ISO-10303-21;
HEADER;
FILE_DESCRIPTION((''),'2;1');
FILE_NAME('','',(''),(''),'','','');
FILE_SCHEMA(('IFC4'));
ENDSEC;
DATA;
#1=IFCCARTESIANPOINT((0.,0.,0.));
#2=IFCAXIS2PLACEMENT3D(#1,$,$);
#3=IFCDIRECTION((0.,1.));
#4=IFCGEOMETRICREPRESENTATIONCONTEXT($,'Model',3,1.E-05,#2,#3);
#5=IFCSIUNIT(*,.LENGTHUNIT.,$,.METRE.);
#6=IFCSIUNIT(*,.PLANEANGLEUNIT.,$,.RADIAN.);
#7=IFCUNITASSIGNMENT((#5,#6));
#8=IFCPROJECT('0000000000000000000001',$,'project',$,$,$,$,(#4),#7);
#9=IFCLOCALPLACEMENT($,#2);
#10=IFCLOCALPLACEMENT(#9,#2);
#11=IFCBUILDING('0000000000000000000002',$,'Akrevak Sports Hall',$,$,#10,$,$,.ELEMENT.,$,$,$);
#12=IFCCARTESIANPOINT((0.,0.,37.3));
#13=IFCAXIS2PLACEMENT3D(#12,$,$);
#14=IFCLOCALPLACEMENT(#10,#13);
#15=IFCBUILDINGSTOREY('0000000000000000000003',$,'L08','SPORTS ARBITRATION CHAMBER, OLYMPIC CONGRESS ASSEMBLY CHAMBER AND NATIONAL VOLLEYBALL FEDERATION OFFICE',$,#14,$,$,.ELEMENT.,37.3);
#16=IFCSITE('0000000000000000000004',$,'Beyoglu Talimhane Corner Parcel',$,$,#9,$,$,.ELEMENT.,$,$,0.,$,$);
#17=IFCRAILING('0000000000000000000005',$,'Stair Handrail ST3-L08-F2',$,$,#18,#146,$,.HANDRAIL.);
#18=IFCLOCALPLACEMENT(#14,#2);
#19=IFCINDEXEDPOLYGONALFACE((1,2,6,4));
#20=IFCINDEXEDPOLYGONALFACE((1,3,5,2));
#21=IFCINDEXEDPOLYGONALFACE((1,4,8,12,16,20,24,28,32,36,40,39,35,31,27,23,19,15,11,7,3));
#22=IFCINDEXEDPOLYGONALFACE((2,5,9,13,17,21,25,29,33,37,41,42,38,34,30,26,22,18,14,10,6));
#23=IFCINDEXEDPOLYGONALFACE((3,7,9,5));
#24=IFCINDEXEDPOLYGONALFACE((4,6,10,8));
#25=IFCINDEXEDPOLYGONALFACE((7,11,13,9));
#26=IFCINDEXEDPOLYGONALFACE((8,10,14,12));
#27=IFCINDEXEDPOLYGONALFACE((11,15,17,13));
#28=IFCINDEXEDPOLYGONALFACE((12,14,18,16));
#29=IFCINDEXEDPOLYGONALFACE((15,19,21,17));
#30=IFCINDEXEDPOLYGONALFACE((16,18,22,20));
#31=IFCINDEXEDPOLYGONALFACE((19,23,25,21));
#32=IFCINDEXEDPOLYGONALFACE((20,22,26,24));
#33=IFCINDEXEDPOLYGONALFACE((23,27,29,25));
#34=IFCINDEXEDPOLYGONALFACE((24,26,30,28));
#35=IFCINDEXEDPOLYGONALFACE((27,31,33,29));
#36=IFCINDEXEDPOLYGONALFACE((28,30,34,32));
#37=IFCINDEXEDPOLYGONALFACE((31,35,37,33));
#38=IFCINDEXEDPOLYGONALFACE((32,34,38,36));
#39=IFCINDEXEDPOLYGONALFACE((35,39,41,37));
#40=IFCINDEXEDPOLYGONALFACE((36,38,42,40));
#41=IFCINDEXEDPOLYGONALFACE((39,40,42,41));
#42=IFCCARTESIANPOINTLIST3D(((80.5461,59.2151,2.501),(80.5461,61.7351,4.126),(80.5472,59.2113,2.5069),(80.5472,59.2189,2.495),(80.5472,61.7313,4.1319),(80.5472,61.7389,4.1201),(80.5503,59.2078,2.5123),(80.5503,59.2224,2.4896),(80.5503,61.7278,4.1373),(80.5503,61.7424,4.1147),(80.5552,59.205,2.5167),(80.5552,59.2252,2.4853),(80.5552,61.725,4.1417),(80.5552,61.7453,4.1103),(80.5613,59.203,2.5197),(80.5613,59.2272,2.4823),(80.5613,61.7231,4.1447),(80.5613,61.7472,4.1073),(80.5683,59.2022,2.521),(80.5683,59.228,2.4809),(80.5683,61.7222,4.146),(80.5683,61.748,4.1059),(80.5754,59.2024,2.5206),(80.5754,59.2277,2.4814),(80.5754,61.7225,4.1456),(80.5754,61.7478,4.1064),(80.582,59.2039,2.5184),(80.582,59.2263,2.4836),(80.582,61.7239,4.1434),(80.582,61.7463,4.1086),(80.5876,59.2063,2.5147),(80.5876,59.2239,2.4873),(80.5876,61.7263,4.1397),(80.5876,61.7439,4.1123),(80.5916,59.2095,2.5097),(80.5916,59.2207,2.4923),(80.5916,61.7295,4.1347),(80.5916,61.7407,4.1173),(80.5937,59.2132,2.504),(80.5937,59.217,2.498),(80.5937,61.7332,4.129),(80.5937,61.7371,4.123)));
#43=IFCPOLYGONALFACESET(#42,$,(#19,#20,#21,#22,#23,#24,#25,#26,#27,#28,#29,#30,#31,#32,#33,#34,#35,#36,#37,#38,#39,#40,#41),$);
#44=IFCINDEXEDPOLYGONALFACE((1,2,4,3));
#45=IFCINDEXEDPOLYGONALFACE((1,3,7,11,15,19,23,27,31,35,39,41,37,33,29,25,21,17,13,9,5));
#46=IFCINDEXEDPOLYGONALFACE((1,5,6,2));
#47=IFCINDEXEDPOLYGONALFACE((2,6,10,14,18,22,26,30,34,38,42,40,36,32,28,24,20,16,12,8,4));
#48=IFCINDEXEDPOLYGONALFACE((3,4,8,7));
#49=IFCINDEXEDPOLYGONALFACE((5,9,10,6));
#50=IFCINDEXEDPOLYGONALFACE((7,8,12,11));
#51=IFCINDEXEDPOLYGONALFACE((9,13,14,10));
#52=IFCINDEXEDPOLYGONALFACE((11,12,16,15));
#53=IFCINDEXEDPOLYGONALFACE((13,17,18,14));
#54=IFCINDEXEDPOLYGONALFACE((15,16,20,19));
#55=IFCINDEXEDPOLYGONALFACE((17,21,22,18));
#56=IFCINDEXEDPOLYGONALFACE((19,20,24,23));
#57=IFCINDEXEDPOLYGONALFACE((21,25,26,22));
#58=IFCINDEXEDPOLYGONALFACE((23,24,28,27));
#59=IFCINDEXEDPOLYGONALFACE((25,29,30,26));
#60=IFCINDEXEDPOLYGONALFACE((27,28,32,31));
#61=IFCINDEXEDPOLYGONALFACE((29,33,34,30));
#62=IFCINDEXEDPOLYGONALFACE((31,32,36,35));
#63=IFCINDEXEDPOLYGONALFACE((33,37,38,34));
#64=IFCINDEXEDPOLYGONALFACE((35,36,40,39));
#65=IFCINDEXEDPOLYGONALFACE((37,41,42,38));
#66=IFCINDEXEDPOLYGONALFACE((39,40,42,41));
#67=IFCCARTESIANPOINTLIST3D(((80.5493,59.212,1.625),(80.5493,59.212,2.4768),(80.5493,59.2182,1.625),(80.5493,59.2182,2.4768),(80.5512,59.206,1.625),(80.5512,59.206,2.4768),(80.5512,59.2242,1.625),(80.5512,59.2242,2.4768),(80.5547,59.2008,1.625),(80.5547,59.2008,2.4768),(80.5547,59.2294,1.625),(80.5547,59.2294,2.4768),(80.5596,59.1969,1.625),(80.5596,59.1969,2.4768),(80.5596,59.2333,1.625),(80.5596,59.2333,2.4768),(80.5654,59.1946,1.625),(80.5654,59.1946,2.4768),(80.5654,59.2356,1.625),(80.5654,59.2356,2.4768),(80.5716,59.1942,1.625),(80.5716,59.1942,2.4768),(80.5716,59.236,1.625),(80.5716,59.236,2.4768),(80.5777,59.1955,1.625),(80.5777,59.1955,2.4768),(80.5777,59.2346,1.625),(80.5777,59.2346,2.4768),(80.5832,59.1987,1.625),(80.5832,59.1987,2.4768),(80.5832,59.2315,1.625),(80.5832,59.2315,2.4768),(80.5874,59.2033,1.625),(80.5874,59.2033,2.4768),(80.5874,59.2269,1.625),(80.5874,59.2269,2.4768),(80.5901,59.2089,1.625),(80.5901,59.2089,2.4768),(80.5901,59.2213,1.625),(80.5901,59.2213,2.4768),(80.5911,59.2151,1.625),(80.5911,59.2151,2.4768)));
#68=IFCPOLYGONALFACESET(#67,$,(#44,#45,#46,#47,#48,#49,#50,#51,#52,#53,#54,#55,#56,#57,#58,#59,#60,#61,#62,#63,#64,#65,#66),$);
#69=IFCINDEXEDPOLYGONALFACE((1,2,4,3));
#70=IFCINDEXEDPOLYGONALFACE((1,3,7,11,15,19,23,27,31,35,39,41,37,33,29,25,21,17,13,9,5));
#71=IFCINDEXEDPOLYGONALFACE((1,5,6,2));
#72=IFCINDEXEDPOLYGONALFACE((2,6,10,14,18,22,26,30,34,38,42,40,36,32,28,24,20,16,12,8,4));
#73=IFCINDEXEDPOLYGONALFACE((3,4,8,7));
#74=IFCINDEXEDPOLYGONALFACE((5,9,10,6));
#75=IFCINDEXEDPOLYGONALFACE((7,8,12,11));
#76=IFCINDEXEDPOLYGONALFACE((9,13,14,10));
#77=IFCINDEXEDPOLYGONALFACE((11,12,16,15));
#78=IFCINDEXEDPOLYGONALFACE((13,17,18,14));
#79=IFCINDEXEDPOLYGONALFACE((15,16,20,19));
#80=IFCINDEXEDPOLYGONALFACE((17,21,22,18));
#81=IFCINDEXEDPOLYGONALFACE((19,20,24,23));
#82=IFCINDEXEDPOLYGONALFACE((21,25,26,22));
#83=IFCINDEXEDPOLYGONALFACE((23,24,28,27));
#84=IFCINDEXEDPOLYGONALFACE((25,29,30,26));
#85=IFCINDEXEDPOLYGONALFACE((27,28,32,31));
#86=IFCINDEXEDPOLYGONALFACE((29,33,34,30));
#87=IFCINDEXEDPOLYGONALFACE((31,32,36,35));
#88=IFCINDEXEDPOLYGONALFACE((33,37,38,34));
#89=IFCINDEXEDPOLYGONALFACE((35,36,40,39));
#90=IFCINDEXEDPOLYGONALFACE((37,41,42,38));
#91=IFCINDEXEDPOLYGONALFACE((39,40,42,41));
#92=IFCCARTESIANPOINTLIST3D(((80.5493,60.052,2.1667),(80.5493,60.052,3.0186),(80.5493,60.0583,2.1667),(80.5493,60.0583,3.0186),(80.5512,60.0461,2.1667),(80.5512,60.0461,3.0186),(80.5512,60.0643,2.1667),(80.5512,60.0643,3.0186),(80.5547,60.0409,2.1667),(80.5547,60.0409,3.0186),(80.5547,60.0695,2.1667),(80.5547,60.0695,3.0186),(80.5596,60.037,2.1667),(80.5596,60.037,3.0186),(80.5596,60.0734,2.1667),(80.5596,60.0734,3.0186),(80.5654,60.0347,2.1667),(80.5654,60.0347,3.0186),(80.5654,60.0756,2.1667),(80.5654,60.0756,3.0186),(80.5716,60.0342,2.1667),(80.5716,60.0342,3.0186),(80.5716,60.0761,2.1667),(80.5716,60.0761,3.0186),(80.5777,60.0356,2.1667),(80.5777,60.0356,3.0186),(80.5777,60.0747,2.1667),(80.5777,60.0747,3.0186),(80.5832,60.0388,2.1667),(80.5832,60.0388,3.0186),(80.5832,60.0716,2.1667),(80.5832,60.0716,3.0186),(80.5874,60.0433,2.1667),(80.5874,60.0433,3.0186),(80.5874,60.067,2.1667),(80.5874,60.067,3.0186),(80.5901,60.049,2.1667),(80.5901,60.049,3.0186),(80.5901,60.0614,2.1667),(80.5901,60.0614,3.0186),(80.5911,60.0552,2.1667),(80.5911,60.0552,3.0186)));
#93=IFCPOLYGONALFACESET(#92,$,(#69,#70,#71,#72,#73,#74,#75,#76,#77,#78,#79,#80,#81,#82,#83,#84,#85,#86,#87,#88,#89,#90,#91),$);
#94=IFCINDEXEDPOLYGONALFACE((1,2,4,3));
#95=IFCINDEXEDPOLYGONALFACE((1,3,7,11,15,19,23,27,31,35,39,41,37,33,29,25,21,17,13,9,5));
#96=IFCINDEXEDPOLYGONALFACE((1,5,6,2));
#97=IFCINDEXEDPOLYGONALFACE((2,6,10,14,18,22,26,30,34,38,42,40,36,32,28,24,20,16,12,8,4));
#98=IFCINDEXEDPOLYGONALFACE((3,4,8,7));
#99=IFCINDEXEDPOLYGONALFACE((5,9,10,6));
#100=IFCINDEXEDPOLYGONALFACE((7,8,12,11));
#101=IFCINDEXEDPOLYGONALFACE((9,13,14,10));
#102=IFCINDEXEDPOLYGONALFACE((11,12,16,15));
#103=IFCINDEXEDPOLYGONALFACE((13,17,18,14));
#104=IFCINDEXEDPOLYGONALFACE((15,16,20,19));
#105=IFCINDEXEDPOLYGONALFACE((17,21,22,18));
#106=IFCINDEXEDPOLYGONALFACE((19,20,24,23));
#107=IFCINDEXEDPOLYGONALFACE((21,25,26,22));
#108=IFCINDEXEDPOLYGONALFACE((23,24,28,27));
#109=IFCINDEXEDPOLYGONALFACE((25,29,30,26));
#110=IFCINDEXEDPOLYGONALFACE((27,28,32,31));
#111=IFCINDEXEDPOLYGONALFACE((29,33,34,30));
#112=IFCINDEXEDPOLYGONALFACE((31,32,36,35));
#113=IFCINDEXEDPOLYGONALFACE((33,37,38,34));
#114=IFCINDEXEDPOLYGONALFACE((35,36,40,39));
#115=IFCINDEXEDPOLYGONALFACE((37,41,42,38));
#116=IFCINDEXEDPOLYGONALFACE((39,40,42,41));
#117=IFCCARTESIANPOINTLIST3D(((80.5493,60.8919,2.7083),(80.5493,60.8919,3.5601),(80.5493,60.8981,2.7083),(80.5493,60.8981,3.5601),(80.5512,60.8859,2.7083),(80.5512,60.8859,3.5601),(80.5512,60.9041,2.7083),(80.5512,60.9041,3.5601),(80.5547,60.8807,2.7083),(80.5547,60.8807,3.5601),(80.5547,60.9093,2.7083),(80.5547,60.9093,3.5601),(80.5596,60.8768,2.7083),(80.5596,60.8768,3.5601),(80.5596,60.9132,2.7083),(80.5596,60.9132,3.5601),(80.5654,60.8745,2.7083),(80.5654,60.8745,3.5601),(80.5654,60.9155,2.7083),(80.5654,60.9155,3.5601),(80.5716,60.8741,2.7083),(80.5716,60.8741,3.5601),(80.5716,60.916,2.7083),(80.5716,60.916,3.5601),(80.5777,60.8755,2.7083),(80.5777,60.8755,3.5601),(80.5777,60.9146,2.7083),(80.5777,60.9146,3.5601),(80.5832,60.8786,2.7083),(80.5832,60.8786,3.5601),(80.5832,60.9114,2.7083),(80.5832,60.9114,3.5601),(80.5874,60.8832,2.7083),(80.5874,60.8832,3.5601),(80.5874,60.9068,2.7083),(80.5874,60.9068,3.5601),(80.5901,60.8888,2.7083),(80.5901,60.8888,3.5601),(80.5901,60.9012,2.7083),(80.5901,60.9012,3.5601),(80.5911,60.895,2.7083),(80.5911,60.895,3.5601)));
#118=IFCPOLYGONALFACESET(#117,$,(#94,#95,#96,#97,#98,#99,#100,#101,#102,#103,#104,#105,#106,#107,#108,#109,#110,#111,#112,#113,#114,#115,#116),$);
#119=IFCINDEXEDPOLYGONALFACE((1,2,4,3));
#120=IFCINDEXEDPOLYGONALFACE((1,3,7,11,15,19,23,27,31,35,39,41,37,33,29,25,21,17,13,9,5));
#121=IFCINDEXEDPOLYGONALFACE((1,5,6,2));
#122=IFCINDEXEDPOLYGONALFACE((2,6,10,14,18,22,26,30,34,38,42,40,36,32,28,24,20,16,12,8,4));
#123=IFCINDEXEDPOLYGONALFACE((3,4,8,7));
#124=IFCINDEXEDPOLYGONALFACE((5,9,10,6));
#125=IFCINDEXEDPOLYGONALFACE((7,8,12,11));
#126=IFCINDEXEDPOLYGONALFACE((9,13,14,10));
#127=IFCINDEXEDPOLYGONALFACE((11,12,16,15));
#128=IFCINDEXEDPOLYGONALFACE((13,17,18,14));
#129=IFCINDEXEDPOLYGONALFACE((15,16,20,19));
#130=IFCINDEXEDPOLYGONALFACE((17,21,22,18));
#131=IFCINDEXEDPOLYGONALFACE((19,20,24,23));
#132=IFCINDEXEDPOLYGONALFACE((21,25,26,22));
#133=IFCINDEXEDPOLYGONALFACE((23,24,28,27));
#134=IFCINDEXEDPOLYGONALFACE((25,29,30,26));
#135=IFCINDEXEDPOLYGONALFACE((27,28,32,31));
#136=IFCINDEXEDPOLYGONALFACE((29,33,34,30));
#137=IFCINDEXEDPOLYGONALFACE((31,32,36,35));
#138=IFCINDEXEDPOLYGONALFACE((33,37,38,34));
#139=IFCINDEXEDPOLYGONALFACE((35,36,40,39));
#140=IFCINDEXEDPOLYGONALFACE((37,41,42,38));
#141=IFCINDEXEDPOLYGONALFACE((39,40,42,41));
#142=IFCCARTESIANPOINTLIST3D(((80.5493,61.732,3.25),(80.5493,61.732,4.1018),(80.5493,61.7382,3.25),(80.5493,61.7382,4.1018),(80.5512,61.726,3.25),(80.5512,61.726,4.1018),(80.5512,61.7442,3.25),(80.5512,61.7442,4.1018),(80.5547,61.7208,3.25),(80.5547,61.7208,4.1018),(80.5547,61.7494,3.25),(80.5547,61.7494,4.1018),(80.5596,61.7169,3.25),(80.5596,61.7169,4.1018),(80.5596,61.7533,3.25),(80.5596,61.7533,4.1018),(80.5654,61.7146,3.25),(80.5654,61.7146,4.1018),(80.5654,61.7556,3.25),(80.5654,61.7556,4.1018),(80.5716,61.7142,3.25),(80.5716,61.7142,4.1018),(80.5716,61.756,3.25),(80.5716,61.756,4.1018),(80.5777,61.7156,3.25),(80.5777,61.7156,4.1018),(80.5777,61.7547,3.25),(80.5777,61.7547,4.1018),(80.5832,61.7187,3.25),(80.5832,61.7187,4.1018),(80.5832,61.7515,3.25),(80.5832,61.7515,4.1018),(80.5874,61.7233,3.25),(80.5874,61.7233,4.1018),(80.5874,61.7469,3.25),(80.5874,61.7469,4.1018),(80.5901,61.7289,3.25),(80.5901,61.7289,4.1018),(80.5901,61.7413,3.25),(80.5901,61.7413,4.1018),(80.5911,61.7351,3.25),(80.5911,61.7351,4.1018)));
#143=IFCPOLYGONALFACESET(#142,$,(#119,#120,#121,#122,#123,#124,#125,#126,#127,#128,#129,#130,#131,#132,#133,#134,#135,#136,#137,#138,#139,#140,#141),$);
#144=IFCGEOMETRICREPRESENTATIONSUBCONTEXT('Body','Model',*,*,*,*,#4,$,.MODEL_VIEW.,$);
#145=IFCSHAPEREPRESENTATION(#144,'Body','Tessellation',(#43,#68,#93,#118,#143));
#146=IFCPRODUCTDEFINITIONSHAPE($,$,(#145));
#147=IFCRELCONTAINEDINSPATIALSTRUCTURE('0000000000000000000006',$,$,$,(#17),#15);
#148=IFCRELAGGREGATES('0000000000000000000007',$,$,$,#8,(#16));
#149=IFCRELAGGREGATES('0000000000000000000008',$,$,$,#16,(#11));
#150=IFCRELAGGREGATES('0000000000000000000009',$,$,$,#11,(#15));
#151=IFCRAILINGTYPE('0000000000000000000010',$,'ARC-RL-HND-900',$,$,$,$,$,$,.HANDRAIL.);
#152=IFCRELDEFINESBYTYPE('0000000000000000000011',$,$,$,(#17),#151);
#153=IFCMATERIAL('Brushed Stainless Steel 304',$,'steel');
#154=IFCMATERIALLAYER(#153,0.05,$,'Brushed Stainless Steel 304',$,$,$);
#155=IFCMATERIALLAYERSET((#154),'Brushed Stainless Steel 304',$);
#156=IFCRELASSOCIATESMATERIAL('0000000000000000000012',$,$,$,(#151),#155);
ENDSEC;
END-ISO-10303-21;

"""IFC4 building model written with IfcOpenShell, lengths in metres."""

from ifc_helpers import new_model, si_unit, direction, frame, origin, origin_2d, place, context, subcontext, project, spatial, circle, extrude, material, layer, layer_set, type_object, element, save


model = new_model("IFC4")

# Units and contexts
model_context = context("Model", 3, precision=1e-05, world=origin(), true_north=direction((0.0, 1.0)))
body_context = subcontext(model_context, "Body", "Model", "MODEL_VIEW")
ifc_project = project(units=[si_unit("LENGTHUNIT", "METRE"), si_unit("PLANEANGLEUNIT", "RADIAN")], contexts=[model_context])

# Site, building, storey
site_placement = place(None, origin())
site = spatial("IfcSite", under=ifc_project, at=site_placement, Name="Beyoglu Talimhane Corner Parcel", CompositionType="ELEMENT", RefElevation=0.0)
building_placement = place(site_placement, origin())
building = spatial("IfcBuilding", under=site, at=building_placement, Name="Akrevak Sports Hall", CompositionType="ELEMENT")
storey_placement = place(building_placement, frame((0.0, 0.0, 37.3)))
storey = spatial("IfcBuildingStorey", under=building, at=storey_placement, Name="L08", Description="SPORTS ARBITRATION CHAMBER, OLYMPIC CONGRESS ASSEMBLY CHAMBER AND NATIONAL VOLLEYBALL FEDERATION OFFICE", CompositionType="ELEMENT", Elevation=37.3)

# Railing
ifc_material_1 = material(Name="Brushed Stainless Steel 304", Category="steel")
ifc_layer_1 = layer(ifc_material_1, 0.05, Name="Brushed Stainless Steel 304")
ifc_layer_set_1 = layer_set([ifc_layer_1], Name="Brushed Stainless Steel 304")
railing_type_1 = type_object("IfcRailingType", Name="ARC-RL-HND-900", PredefinedType="HANDRAIL", material=ifc_layer_set_1)
railing_1_placement = place(storey_placement, frame((80.5701, 59.2151, 1.625)))
element("IfcRailing", 1, at=railing_1_placement, inside=storey, type_object=railing_type_1, Name="Stair Handrail ST3-L08-F2", PredefinedType="HANDRAIL", context=body_context, shape_type="SweptSolid", body=[
    extrude(circle(Radius=0.0239, at=origin_2d()), frame((0.0, 0.0, 0.876), z_axis=(0.0, 0.840421, 0.541934), x_axis=(-1.0, 0.0, 0.0)), (0.0, 0.0, 1.0), 2.9985),
    extrude(circle(Radius=0.021, at=origin_2d()), origin(), (0.0, 0.0, 1.0), 0.8518),
    extrude(circle(Radius=0.021, at=origin_2d()), frame((0.0, 0.8401, 0.5417)), (0.0, 0.0, 1.0), 0.8518),
    extrude(circle(Radius=0.021, at=origin_2d()), frame((0.0, 1.6799, 1.0833)), (0.0, 0.0, 1.0), 0.8518),
    extrude(circle(Radius=0.021, at=origin_2d()), frame((0.0, 2.52, 1.625)), (0.0, 0.0, 1.0), 0.8518),
])

save(model, "model.ifc")
